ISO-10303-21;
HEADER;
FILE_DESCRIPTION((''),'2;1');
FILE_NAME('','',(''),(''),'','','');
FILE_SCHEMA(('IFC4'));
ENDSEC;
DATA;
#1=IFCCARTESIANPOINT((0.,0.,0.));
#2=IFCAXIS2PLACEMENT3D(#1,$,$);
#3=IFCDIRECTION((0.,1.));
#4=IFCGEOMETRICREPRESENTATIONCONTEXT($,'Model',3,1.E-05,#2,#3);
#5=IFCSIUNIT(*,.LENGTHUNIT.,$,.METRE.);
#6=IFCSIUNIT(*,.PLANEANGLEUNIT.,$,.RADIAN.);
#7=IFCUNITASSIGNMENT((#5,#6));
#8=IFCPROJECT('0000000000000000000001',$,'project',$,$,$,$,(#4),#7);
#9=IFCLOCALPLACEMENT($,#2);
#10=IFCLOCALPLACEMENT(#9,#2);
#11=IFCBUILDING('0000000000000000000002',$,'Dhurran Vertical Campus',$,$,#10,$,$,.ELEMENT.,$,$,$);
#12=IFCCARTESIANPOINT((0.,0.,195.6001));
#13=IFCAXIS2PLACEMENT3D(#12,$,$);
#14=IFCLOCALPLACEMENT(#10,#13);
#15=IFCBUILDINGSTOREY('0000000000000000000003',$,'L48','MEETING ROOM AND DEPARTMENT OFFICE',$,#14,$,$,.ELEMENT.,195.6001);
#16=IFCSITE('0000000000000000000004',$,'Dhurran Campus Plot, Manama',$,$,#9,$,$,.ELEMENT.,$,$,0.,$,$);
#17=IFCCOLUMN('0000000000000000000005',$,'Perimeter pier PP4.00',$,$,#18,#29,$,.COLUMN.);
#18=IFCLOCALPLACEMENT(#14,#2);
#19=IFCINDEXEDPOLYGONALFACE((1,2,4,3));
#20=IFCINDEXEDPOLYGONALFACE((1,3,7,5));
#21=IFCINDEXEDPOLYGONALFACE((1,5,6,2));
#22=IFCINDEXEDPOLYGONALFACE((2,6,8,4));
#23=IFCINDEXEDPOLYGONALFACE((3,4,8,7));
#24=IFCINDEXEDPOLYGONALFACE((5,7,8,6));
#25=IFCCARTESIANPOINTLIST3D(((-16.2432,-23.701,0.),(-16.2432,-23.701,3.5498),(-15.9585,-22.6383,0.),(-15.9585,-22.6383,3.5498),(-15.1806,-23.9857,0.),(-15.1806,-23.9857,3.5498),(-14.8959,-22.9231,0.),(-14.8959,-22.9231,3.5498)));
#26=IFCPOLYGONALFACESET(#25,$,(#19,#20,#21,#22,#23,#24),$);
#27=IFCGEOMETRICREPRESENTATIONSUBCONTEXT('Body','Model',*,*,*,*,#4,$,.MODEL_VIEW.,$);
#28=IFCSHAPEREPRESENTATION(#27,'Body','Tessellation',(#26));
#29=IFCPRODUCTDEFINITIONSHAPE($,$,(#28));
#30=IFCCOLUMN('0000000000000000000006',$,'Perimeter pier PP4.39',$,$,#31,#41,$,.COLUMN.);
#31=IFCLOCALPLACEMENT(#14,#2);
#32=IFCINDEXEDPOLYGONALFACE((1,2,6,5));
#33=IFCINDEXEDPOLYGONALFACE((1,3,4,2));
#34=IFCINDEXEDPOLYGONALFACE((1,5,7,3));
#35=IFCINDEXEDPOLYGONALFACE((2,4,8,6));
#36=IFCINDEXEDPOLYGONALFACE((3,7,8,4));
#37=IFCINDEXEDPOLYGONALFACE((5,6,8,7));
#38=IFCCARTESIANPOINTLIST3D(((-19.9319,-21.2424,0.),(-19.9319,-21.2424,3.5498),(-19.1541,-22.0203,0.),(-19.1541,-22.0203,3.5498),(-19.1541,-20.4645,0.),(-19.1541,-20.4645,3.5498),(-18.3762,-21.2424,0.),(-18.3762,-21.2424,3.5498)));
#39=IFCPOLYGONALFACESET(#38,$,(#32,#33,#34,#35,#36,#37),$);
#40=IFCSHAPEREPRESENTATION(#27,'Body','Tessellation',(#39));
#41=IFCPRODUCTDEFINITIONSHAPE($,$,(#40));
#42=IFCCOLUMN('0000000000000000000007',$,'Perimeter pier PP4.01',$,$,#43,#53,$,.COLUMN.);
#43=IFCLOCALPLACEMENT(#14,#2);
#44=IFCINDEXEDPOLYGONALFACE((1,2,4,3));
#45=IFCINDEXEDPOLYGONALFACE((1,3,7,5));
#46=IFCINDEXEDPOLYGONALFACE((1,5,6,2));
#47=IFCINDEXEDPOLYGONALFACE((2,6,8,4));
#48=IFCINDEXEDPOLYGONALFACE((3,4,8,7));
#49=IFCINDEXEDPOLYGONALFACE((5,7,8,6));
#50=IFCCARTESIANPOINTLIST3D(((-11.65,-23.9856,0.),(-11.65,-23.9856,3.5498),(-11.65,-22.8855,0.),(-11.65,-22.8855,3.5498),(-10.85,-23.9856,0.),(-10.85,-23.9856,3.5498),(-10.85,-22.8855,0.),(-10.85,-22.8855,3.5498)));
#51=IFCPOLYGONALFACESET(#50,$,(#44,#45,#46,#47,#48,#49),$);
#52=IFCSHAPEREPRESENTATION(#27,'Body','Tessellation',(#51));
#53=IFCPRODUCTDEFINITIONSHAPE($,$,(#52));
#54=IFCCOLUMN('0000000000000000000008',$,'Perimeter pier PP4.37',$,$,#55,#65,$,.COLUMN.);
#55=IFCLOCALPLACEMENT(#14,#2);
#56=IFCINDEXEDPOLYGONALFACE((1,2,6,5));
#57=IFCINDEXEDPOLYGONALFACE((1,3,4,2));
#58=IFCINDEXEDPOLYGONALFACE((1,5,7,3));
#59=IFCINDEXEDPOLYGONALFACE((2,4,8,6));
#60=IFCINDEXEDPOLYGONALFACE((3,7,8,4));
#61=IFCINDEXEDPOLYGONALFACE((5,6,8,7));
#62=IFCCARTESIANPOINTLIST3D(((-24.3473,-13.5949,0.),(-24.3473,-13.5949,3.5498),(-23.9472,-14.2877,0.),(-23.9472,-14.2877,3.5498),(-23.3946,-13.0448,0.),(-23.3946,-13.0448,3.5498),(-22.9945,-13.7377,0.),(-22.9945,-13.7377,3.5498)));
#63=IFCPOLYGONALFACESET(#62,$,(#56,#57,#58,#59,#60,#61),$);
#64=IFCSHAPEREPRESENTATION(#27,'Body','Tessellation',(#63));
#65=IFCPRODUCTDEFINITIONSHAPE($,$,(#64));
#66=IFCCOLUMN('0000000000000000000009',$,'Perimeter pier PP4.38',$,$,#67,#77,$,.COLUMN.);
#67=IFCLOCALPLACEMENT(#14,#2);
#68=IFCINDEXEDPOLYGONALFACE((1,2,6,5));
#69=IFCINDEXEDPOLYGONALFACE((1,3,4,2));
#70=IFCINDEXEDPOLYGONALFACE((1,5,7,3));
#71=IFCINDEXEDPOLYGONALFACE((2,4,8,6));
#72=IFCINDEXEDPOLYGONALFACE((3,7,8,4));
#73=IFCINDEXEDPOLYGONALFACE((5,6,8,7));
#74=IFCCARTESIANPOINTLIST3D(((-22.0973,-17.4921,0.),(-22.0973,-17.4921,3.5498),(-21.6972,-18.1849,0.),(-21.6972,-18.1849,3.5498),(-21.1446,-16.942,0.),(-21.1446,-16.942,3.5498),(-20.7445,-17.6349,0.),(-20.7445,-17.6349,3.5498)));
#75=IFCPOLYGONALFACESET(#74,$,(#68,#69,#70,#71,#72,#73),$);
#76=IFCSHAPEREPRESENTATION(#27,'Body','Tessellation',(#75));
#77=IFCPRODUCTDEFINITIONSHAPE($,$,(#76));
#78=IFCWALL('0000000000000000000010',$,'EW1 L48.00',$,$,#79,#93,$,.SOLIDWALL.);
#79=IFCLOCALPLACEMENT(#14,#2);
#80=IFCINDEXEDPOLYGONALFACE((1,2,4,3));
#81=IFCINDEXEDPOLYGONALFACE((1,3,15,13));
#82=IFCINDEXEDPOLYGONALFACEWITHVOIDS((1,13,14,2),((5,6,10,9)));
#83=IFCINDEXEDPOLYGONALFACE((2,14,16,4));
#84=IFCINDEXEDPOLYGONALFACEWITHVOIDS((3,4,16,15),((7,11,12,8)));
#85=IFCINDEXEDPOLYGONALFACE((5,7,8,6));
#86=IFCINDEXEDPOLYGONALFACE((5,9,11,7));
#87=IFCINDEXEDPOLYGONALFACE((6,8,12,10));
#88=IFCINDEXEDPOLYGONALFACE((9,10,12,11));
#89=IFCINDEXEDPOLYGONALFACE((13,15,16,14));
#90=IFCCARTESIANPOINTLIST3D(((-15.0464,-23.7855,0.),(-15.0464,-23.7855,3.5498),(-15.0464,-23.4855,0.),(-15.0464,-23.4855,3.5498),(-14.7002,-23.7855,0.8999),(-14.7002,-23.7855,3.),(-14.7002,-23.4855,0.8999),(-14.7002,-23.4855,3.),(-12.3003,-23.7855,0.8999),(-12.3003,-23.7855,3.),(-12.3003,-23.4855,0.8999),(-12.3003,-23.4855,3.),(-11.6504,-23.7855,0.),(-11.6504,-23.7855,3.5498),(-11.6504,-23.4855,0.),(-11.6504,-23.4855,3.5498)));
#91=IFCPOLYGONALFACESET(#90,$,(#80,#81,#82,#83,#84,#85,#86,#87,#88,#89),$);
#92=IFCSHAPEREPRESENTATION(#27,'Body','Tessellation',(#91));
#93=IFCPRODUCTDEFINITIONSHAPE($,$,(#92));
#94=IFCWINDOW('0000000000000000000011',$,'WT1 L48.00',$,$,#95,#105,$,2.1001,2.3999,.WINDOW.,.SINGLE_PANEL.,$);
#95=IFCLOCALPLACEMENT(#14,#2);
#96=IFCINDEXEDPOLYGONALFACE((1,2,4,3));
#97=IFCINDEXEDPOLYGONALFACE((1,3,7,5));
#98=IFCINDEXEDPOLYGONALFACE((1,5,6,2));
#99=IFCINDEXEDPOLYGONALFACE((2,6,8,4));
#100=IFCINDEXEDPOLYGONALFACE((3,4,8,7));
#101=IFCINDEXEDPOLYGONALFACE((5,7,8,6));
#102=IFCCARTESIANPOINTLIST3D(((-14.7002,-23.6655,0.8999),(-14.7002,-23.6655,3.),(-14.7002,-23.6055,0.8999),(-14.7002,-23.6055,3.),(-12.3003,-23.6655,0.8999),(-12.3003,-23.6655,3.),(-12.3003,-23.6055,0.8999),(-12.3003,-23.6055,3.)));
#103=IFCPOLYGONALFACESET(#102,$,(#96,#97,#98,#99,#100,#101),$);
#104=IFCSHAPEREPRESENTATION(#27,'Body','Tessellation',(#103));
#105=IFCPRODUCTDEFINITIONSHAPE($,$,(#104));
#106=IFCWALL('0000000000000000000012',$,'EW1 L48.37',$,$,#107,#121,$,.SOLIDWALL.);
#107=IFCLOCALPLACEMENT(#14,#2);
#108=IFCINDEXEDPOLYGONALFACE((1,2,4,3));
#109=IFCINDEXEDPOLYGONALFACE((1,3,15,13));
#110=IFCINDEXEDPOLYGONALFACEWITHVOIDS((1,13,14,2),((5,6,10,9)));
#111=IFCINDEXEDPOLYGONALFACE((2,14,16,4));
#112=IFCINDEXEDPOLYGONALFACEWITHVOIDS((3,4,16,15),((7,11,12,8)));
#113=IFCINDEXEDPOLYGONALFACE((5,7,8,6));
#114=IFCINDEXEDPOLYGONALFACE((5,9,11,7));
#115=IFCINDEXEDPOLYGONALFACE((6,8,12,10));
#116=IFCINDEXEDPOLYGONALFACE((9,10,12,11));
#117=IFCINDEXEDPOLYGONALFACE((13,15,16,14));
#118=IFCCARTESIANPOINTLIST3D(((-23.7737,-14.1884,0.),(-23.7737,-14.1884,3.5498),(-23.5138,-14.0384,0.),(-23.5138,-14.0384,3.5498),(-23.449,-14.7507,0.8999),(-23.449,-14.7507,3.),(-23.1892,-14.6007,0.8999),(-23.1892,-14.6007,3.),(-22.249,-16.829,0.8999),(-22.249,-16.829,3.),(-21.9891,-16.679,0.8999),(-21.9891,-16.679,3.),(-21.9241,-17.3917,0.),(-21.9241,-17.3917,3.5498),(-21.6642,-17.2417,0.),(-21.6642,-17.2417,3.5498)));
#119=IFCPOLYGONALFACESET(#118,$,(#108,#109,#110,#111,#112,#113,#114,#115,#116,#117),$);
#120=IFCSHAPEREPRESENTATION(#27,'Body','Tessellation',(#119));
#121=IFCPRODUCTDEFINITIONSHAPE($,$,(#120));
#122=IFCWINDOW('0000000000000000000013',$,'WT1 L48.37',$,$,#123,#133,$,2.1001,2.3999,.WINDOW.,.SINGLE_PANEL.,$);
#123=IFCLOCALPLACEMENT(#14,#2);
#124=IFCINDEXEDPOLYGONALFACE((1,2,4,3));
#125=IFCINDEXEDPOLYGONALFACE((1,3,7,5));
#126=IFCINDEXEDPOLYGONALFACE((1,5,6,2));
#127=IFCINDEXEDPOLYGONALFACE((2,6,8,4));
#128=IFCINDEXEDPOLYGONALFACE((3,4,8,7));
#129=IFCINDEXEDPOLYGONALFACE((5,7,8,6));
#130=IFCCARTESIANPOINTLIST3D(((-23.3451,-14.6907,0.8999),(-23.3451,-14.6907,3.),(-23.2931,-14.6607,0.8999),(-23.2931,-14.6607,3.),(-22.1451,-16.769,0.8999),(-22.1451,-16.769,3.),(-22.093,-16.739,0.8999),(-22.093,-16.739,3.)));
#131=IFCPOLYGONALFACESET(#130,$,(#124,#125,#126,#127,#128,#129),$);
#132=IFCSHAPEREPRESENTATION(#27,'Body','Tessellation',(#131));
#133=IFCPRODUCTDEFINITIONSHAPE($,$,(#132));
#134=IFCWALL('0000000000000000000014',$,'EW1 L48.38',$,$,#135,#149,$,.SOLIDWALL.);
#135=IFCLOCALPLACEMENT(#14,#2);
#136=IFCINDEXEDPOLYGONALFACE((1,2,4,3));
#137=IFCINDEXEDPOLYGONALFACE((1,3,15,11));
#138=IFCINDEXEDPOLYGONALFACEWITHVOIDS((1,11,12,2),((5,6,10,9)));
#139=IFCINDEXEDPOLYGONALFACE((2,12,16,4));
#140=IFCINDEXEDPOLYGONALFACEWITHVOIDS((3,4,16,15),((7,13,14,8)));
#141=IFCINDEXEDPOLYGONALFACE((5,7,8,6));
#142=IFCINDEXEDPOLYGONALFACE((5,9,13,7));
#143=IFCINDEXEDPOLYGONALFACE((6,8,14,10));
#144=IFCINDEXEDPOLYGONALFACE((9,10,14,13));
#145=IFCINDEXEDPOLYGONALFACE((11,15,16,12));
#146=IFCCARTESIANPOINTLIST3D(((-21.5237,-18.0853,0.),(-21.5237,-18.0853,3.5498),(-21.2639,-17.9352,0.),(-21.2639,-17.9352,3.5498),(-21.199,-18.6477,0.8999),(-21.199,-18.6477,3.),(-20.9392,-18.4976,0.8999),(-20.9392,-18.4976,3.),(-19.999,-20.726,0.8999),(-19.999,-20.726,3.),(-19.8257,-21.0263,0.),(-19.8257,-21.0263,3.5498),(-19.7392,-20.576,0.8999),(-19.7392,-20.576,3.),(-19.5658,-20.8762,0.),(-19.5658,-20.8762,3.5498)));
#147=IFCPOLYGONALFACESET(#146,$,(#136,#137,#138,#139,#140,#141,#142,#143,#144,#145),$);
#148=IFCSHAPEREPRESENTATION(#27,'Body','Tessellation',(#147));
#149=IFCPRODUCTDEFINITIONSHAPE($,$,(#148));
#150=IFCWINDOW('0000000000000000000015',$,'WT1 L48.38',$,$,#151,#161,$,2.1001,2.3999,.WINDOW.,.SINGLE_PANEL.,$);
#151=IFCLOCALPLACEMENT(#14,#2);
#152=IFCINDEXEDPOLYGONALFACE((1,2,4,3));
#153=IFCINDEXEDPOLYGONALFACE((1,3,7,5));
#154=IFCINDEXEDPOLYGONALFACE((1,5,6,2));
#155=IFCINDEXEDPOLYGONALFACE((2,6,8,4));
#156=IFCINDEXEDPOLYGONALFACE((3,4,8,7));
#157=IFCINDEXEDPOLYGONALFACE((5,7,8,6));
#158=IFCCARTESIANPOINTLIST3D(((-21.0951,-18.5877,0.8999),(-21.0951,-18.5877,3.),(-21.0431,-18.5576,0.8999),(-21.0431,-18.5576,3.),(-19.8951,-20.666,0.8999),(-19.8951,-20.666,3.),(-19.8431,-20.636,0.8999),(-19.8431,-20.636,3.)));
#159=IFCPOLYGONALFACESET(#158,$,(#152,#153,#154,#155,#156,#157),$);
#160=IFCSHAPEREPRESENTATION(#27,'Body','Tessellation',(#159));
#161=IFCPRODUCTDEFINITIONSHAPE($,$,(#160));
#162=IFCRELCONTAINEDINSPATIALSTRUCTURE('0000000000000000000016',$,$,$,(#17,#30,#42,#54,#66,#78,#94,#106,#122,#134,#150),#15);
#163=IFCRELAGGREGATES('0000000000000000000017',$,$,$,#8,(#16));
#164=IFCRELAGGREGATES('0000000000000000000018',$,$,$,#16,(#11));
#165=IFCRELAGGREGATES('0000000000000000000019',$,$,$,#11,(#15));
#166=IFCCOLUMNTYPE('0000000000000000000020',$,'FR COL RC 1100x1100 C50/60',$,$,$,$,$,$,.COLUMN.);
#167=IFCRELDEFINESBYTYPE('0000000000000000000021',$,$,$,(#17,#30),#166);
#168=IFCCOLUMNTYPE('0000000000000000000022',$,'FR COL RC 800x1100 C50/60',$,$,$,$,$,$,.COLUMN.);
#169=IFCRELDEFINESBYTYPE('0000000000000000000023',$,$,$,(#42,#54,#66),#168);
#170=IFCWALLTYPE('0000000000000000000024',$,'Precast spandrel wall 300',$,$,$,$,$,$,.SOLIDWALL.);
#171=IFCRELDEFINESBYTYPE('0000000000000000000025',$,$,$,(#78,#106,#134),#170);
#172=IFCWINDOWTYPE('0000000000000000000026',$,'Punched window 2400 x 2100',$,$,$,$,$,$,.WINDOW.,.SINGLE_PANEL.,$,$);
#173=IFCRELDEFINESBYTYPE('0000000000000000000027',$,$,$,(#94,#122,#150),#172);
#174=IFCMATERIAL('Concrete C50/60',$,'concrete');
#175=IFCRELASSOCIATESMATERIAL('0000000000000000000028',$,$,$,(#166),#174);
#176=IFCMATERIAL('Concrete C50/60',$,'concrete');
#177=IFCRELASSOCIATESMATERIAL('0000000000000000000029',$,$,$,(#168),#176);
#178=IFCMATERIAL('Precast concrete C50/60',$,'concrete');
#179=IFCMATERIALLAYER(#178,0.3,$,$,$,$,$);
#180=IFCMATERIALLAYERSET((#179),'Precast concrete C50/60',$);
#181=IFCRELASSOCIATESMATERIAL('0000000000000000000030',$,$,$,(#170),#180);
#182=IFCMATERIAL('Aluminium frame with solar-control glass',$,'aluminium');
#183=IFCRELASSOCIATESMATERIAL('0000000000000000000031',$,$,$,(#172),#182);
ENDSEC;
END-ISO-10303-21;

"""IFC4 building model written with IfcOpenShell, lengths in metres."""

from ifc_helpers import new_model, si_unit, direction, frame, frame_2d, origin, origin_2d, place, context, subcontext, project, spatial, rectangle, extrude, material, layer, layer_set, material_profile, profile_set, type_object, element, fill, save


model = new_model("IFC4")

# Units and contexts
model_context = context("Model", 3, precision=1e-05, world=origin(), true_north=direction((0.0, 1.0)))
body_context = subcontext(model_context, "Body", "Model", "MODEL_VIEW")
ifc_project = project(units=[si_unit("LENGTHUNIT", "METRE"), si_unit("PLANEANGLEUNIT", "RADIAN")], contexts=[model_context])

# Site, building, storey
site_placement = place(None, origin())
site = spatial("IfcSite", under=ifc_project, at=site_placement, Name="Dhurran Campus Plot, Manama", CompositionType="ELEMENT", RefElevation=0.0)
building_placement = place(site_placement, origin())
building = spatial("IfcBuilding", under=site, at=building_placement, Name="Dhurran Vertical Campus", CompositionType="ELEMENT")
storey_placement = place(building_placement, frame((0.0, 0.0, 195.6001)))
storey = spatial("IfcBuildingStorey", under=building, at=storey_placement, Name="L48", Description="MEETING ROOM AND DEPARTMENT OFFICE", CompositionType="ELEMENT", Elevation=195.6001)

# Columns
ifc_material_1 = material(Name="Concrete C50/60", Category="concrete")
ifc_material_profile_1 = material_profile(ifc_material_1, rectangle(XDim=1.1001, YDim=1.1001, at=origin_2d()), Name="RC 1100x1100")
ifc_profile_set_1 = profile_set([ifc_material_profile_1], Name="Concrete C50/60")
column_type_1 = type_object("IfcColumnType", Name="FR COL RC 1100x1100 C50/60", PredefinedType="COLUMN", material=ifc_profile_set_1)
for number, where, z_axis, x_axis, name in (
    (1, (-15.5696, -23.312, 0.0), (0.0, 0.0, 1.0), (0.965926, -0.258819, 0.0), "Perimeter pier PP4.00"),
    (2, (-19.1541, -21.2424, 0.0), (0.0, 0.0, 1.0), (0.707107, -0.707107, 0.0), "Perimeter pier PP4.39"),
):
    element("IfcColumn", number, at=place(storey_placement, frame(where, z_axis=z_axis, x_axis=x_axis)), inside=storey, type_object=column_type_1, Name=name, PredefinedType="COLUMN", context=body_context, shape_type="SweptSolid", body=[
        extrude(rectangle(XDim=1.1001, YDim=1.1001, at=origin_2d()), origin(), (0.0, 0.0, 1.0), 3.5498),
    ])
ifc_material_2 = material(Name="Concrete C50/60", Category="concrete")
ifc_material_profile_2 = material_profile(ifc_material_2, rectangle(XDim=0.8, YDim=1.1001, at=origin_2d()), Name="RC 800x1100")
ifc_profile_set_2 = profile_set([ifc_material_profile_2], Name="Concrete C50/60")
column_type_2 = type_object("IfcColumnType", Name="FR COL RC 800x1100 C50/60", PredefinedType="COLUMN", material=ifc_profile_set_2)
for number, where, z_axis, x_axis, name in (
    (3, (-11.25, -23.4355, 0.0), (0.0, 0.0, 1.0), (1.0, 0.0, 0.0), "Perimeter pier PP4.01"),
    (4, (-23.6709, -13.6663, 0.0), (0.0, 0.0, 1.0), (0.5, -0.866025, 0.0), "Perimeter pier PP4.37"),
    (5, (-21.4209, -17.5635, 0.0), (0.0, 0.0, 1.0), (0.5, -0.866025, 0.0), "Perimeter pier PP4.38"),
):
    element("IfcColumn", number, at=place(storey_placement, frame(where, z_axis=z_axis, x_axis=x_axis)), inside=storey, type_object=column_type_2, Name=name, PredefinedType="COLUMN", context=body_context, shape_type="SweptSolid", body=[
        extrude(rectangle(XDim=0.8, YDim=1.1001, at=origin_2d()), origin(), (0.0, 0.0, 1.0), 3.5498),
    ])

# Walls, openings, windows
ifc_material_3 = material(Name="Precast concrete C50/60", Category="concrete")
ifc_layer_1 = layer(ifc_material_3, 0.3)
ifc_layer_set_1 = layer_set([ifc_layer_1], Name="Precast concrete C50/60")
wall_type_1 = type_object("IfcWallType", Name="Precast spandrel wall 300", PredefinedType="SOLIDWALL", material=ifc_layer_set_1)
wall_1_placement = place(storey_placement, frame((-15.0464, -23.6355, 0.0), z_axis=(0.0, 0.0, 1.0), x_axis=(1.0, 0.0, 0.0)))
wall_1 = element("IfcWall", 6, at=wall_1_placement, inside=storey, type_object=wall_type_1, Name="EW1 L48.00", PredefinedType="SOLIDWALL", context=body_context, shape_type="SweptSolid", body=[
    extrude(rectangle(XDim=3.396, YDim=0.3, at=frame_2d((1.698, 0.0))), origin(), (0.0, 0.0, 1.0), 3.5498),
])
opening_1_placement = place(wall_1_placement, frame((0.3462, 0.0, 0.8999)))
opening_1 = element("IfcOpeningElement", 7, at=opening_1_placement, cuts=wall_1, PredefinedType="OPENING", context=body_context, shape_type="SweptSolid", body=[
    extrude(rectangle(XDim=2.3999, YDim=2.1001, at=frame_2d((1.2, 1.05))), frame((0.0, 0.1599, 0.0), z_axis=(0.0, -1.0, 0.0), x_axis=(1.0, 0.0, 0.0)), (0.0, 0.0, 1.0), 0.3201),
])
ifc_material_4 = material(Name="Aluminium frame with solar-control glass", Category="aluminium")
window_type = type_object("IfcWindowType", Name="Punched window 2400 x 2100", PartitioningType="SINGLE_PANEL", PredefinedType="WINDOW", material=ifc_material_4)
window_1_placement = place(opening_1_placement, origin())
window_1 = element("IfcWindow", 8, at=window_1_placement, inside=storey, type_object=window_type, Name="WT1 L48.00", OverallHeight=2.1001, OverallWidth=2.3999, PartitioningType="SINGLE_PANEL", PredefinedType="WINDOW", context=body_context, shape_type="SweptSolid", body=[
    extrude(rectangle(XDim=2.3999, YDim=2.1001, at=frame_2d((1.2, 1.05))), frame((0.0, 0.03, 0.0), z_axis=(0.0, -1.0, 0.0), x_axis=(1.0, 0.0, 0.0)), (0.0, 0.0, 1.0), 0.0601),
])
fill(opening_1, window_1)
wall_2_placement = place(storey_placement, frame((-23.6438, -14.1133, 0.0), z_axis=(0.0, 0.0, 1.0), x_axis=(0.500029, -0.866009, 0.0)))
wall_2 = element("IfcWall", 9, at=wall_2_placement, inside=storey, type_object=wall_type_1, Name="EW1 L48.37", PredefinedType="SOLIDWALL", context=body_context, shape_type="SweptSolid", body=[
    extrude(rectangle(XDim=3.699, YDim=0.3, at=frame_2d((1.8496, 0.0))), origin(), (0.0, 0.0, 1.0), 3.5498),
])
opening_2_placement = place(wall_2_placement, frame((0.6494, 0.0, 0.8999)))
opening_2 = element("IfcOpeningElement", 10, at=opening_2_placement, cuts=wall_2, PredefinedType="OPENING", context=body_context, shape_type="SweptSolid", body=[
    extrude(rectangle(XDim=2.3999, YDim=2.1001, at=frame_2d((1.2, 1.05))), frame((0.0, 0.1599, 0.0), z_axis=(0.0, -1.0, 0.0), x_axis=(1.0, 0.0, 0.0)), (0.0, 0.0, 1.0), 0.3201),
])
window_2_placement = place(opening_2_placement, origin())
window_2 = element("IfcWindow", 11, at=window_2_placement, inside=storey, type_object=window_type, Name="WT1 L48.37", OverallHeight=2.1001, OverallWidth=2.3999, PartitioningType="SINGLE_PANEL", PredefinedType="WINDOW", context=body_context, shape_type="SweptSolid", body=[
    extrude(rectangle(XDim=2.3999, YDim=2.1001, at=frame_2d((1.2, 1.05))), frame((0.0, 0.03, 0.0), z_axis=(0.0, -1.0, 0.0), x_axis=(1.0, 0.0, 0.0)), (0.0, 0.0, 1.0), 0.0601),
])
fill(opening_2, window_2)
wall_3_placement = place(storey_placement, frame((-21.3938, -18.0103, 0.0), z_axis=(0.0, 0.0, 1.0), x_axis=(0.500013, -0.866018, 0.0)))
wall_3 = element("IfcWall", 12, at=wall_3_placement, inside=storey, type_object=wall_type_1, Name="EW1 L48.38", PredefinedType="SOLIDWALL", context=body_context, shape_type="SweptSolid", body=[
    extrude(rectangle(XDim=3.396, YDim=0.3, at=frame_2d((1.698, 0.0))), origin(), (0.0, 0.0, 1.0), 3.5498),
])
opening_3_placement = place(wall_3_placement, frame((0.6494, 0.0, 0.8999)))
opening_3 = element("IfcOpeningElement", 13, at=opening_3_placement, cuts=wall_3, PredefinedType="OPENING", context=body_context, shape_type="SweptSolid", body=[
    extrude(rectangle(XDim=2.3999, YDim=2.1001, at=frame_2d((1.2, 1.05))), frame((0.0, 0.1599, 0.0), z_axis=(0.0, -1.0, 0.0), x_axis=(1.0, 0.0, 0.0)), (0.0, 0.0, 1.0), 0.3201),
])
window_3_placement = place(opening_3_placement, origin())
window_3 = element("IfcWindow", 14, at=window_3_placement, inside=storey, type_object=window_type, Name="WT1 L48.38", OverallHeight=2.1001, OverallWidth=2.3999, PartitioningType="SINGLE_PANEL", PredefinedType="WINDOW", context=body_context, shape_type="SweptSolid", body=[
    extrude(rectangle(XDim=2.3999, YDim=2.1001, at=frame_2d((1.2, 1.05))), frame((0.0, 0.03, 0.0), z_axis=(0.0, -1.0, 0.0), x_axis=(1.0, 0.0, 0.0)), (0.0, 0.0, 1.0), 0.0601),
])
fill(opening_3, window_3)

save(model, "model.ifc")
